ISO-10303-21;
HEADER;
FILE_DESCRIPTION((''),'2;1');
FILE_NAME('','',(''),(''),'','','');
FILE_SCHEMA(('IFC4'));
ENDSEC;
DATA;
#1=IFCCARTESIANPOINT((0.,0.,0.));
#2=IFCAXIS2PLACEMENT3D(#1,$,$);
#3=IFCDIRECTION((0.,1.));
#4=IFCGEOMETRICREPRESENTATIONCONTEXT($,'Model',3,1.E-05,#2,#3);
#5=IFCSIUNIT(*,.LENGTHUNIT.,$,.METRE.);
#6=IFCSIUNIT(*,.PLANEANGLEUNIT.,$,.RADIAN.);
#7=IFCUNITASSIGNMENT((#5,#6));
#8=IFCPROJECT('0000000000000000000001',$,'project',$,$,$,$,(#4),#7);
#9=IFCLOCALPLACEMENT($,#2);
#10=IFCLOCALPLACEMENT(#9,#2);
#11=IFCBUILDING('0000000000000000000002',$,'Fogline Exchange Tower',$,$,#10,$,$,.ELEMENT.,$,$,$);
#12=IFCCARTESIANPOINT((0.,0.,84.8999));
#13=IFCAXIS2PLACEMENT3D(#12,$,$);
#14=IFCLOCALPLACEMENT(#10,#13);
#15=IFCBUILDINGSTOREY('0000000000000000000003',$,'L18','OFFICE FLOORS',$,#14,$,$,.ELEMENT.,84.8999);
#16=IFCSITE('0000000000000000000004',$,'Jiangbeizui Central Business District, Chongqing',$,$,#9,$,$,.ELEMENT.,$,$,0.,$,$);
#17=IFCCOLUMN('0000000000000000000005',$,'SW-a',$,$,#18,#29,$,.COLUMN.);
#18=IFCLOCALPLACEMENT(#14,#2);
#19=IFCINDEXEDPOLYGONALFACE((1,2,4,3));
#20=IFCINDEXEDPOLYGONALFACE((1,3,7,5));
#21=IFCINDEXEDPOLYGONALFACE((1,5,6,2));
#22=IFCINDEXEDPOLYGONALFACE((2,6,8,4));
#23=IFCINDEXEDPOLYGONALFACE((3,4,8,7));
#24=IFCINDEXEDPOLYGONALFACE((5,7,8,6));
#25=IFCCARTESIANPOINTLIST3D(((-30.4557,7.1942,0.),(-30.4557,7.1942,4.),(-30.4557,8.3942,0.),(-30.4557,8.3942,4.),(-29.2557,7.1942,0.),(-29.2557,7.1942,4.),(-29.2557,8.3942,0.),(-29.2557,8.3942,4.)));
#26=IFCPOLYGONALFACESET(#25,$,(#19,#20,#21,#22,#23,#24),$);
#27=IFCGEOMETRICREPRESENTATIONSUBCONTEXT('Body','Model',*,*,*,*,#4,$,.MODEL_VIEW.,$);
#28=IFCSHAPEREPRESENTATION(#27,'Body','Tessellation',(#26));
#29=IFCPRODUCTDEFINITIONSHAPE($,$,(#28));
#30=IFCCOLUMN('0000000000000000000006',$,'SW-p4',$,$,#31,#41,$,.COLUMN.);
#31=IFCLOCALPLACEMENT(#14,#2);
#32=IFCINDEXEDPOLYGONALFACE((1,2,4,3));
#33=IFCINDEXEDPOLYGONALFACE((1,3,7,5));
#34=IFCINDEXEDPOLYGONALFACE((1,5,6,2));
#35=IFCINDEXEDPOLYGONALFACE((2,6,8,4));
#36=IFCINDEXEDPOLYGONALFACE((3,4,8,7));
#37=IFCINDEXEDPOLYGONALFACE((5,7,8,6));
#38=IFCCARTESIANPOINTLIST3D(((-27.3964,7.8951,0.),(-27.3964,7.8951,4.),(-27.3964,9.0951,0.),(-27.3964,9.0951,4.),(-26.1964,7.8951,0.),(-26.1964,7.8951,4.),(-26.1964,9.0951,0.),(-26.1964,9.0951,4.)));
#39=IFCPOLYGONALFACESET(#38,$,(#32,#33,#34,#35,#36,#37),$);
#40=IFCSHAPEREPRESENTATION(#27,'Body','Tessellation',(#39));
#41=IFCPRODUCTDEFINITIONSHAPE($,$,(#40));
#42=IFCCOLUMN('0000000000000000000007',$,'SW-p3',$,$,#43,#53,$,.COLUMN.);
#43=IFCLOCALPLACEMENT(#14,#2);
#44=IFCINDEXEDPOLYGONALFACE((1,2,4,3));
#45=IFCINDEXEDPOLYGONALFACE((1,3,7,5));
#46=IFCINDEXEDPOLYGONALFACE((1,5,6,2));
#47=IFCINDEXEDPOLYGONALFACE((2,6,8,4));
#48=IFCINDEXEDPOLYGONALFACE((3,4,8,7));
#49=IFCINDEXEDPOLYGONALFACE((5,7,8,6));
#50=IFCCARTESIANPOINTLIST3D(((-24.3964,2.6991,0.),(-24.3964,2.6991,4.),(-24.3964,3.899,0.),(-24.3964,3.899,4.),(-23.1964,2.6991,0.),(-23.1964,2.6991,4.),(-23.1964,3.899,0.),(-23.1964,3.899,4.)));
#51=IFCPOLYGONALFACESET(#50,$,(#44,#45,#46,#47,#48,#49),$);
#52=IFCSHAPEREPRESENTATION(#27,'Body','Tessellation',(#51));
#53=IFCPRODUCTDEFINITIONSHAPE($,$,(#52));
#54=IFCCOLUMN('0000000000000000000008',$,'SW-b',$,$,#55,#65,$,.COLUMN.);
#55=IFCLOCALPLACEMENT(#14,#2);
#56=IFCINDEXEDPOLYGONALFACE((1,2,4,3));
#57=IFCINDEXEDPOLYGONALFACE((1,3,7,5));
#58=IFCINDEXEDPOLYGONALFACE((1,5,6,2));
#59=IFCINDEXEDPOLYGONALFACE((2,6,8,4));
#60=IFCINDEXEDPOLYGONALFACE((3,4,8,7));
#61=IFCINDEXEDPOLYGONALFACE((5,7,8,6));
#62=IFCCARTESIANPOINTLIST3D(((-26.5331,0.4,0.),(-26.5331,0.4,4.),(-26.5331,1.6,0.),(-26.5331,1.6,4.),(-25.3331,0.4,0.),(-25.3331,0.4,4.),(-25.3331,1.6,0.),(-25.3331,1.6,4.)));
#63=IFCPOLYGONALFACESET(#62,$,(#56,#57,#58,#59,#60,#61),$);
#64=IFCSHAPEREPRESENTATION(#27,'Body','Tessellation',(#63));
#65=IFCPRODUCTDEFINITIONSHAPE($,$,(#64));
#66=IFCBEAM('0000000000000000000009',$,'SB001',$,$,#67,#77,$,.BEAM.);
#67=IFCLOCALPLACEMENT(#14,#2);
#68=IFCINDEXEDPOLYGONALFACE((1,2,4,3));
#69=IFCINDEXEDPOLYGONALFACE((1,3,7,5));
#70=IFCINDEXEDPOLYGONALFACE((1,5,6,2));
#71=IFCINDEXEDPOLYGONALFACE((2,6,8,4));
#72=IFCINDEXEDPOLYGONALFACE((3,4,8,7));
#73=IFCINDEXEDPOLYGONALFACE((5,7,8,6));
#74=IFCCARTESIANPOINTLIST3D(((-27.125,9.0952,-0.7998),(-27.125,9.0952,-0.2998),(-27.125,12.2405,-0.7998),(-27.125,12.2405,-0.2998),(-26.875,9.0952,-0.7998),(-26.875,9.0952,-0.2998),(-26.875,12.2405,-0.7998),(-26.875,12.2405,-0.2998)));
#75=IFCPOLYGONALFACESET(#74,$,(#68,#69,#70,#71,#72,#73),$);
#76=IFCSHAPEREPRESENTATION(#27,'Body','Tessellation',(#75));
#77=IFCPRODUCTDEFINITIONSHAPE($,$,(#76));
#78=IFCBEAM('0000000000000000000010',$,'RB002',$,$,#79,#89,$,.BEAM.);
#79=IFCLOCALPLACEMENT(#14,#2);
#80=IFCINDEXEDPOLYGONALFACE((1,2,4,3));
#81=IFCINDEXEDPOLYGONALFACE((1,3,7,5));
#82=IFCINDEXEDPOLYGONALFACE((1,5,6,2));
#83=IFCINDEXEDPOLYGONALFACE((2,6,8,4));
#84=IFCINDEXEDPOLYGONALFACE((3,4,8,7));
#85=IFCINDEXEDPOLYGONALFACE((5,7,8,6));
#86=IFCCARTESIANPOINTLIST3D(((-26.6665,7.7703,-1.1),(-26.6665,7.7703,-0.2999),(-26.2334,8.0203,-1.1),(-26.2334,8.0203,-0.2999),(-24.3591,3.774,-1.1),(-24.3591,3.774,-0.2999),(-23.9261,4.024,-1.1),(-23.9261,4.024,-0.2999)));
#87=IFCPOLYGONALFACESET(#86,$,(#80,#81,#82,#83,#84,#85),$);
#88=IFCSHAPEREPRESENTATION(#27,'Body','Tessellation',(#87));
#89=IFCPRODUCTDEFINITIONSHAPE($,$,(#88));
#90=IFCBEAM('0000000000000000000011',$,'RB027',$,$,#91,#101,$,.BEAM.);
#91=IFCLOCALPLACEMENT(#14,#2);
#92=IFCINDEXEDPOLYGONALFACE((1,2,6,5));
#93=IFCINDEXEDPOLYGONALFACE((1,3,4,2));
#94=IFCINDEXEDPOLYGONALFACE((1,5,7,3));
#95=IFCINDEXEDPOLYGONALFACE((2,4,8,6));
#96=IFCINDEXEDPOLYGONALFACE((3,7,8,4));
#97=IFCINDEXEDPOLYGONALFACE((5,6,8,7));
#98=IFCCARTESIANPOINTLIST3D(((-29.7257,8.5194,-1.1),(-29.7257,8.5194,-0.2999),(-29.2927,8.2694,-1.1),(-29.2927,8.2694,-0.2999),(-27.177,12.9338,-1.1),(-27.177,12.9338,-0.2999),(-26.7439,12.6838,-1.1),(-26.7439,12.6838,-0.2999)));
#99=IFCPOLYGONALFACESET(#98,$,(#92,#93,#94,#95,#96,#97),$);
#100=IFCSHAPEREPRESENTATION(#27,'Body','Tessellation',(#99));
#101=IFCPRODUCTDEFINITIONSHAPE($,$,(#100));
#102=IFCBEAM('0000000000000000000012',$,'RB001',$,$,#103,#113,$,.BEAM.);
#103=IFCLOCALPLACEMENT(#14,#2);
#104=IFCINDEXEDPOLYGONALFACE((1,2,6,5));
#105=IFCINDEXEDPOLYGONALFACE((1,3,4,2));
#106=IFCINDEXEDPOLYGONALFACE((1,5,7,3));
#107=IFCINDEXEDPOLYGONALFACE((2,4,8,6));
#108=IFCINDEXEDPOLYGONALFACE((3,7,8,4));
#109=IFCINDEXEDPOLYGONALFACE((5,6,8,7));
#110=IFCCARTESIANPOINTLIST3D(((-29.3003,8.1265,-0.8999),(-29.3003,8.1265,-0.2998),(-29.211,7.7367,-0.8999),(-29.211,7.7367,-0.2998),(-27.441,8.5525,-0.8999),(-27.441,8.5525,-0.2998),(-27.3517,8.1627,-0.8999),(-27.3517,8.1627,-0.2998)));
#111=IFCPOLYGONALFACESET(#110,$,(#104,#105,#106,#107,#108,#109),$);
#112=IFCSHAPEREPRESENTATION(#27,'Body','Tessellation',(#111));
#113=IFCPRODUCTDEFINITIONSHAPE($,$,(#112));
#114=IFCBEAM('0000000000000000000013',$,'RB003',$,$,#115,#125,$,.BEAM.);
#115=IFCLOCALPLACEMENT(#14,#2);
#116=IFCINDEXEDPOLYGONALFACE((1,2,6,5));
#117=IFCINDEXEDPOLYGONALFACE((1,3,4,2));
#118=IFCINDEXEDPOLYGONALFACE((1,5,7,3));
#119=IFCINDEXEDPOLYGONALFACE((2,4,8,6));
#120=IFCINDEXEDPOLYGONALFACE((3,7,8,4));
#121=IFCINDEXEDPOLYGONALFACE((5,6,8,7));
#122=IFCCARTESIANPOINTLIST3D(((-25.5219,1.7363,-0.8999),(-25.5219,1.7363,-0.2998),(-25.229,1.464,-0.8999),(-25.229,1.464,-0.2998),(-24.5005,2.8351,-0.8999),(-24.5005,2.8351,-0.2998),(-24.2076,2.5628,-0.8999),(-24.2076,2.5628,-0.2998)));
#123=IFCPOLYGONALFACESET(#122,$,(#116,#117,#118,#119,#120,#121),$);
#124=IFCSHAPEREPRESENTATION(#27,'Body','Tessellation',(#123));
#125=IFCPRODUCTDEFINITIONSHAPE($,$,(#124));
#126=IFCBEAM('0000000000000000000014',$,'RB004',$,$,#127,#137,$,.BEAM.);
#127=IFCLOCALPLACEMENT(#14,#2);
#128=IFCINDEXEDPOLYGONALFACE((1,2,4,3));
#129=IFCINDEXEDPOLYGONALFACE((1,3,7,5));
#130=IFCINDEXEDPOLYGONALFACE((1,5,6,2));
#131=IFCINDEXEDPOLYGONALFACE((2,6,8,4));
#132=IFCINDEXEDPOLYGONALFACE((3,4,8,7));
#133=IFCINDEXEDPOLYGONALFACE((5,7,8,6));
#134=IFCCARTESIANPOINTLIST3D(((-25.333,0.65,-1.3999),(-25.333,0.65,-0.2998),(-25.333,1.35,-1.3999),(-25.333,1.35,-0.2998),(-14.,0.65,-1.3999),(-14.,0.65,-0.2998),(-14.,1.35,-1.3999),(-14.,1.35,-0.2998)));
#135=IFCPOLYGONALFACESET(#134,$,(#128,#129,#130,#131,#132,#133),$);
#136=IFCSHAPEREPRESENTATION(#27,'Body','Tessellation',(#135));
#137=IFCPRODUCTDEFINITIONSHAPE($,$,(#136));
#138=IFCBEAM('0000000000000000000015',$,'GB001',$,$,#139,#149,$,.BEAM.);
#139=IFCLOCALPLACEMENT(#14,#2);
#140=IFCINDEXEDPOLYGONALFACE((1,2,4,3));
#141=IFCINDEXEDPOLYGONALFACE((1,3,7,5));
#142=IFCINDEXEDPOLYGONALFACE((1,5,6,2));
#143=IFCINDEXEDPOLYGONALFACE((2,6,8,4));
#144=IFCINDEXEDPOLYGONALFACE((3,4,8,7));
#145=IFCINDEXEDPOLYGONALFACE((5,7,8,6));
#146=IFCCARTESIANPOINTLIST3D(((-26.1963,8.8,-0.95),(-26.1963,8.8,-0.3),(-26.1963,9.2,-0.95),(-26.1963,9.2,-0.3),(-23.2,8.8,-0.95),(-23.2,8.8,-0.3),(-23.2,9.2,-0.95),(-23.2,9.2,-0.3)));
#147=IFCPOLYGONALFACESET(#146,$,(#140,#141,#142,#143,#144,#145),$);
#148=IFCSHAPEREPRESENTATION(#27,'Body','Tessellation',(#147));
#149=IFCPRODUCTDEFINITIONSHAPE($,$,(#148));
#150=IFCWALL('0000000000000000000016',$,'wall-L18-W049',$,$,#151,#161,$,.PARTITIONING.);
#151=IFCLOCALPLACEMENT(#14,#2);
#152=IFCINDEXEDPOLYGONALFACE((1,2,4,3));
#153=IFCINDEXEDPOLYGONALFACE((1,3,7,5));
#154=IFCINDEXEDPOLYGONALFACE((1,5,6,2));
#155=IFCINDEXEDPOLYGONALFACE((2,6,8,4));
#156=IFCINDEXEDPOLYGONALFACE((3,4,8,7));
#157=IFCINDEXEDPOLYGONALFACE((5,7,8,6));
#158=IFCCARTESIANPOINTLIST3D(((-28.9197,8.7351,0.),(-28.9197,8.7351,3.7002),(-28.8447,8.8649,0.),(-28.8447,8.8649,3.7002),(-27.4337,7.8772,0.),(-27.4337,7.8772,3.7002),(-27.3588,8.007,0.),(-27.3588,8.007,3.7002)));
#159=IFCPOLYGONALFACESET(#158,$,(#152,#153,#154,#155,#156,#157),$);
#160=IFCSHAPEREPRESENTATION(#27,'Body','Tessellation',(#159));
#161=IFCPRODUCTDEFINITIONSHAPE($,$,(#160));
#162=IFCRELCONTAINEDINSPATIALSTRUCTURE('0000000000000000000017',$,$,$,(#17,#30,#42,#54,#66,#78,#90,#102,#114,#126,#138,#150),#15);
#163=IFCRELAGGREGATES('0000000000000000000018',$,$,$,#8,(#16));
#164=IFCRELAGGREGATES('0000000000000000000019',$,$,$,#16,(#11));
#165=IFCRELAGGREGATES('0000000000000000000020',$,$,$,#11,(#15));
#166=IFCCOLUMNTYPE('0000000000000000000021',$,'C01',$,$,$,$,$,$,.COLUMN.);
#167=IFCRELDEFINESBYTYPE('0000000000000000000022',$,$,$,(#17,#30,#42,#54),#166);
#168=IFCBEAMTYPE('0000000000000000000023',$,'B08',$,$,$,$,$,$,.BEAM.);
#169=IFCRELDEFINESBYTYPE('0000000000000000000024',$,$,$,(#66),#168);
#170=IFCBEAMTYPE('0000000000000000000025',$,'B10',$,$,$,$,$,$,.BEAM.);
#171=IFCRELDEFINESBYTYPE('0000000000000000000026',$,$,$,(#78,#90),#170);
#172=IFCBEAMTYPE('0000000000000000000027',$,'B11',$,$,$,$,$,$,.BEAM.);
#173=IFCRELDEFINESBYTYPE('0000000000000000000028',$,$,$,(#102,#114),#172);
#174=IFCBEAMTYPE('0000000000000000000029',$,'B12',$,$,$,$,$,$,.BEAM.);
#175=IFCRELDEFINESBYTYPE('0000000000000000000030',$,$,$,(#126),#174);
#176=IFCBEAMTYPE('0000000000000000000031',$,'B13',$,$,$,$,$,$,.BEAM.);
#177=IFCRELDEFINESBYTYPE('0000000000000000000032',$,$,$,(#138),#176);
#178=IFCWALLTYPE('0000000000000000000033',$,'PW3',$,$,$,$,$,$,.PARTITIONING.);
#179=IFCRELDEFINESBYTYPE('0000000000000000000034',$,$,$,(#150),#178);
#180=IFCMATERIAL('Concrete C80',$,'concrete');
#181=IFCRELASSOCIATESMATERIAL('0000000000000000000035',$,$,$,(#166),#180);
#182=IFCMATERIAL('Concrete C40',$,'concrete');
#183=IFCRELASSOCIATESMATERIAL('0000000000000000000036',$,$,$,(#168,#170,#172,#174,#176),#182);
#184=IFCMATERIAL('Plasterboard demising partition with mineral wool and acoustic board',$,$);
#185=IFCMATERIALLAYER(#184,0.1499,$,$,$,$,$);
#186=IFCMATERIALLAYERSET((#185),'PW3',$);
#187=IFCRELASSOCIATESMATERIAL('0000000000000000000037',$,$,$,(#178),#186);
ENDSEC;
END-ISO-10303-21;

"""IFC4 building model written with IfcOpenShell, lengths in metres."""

from ifc_helpers import new_model, si_unit, direction, frame, frame_2d, origin, origin_2d, place, context, subcontext, project, spatial, rectangle, extrude, material, layer, layer_set, material_profile, profile_set, type_object, element, save


model = new_model("IFC4")

# Units and contexts
model_context = context("Model", 3, precision=1e-05, world=origin(), true_north=direction((0.0, 1.0)))
body_context = subcontext(model_context, "Body", "Model", "MODEL_VIEW")
ifc_project = project(units=[si_unit("LENGTHUNIT", "METRE"), si_unit("PLANEANGLEUNIT", "RADIAN")], contexts=[model_context])

# Site, building, storey
site_placement = place(None, origin())
site = spatial("IfcSite", under=ifc_project, at=site_placement, Name="Jiangbeizui Central Business District, Chongqing", CompositionType="ELEMENT", RefElevation=0.0)
building_placement = place(site_placement, origin())
building = spatial("IfcBuilding", under=site, at=building_placement, Name="Fogline Exchange Tower", CompositionType="ELEMENT")
storey_placement = place(building_placement, frame((0.0, 0.0, 84.8999)))
storey = spatial("IfcBuildingStorey", under=building, at=storey_placement, Name="L18", Description="OFFICE FLOORS", CompositionType="ELEMENT", Elevation=84.8999)

# Columns
ifc_material_1 = material(Name="Concrete C80", Category="concrete")
ifc_material_profile_1 = material_profile(ifc_material_1, rectangle(XDim=1.2, YDim=1.2, at=origin_2d()), Name="RC 1200x1200")
ifc_profile_set_1 = profile_set([ifc_material_profile_1], Name="Concrete C80")
column_type = type_object("IfcColumnType", Name="C01", PredefinedType="COLUMN", material=ifc_profile_set_1)
for number, where, z_axis, x_axis, name in (
    (1, (-29.8557, 7.7942, 0.0), (0.0, 0.0, 1.0), (1.0, 0.0, 0.0), "SW-a"),
    (2, (-26.7964, 8.4951, 0.0), (0.0, 0.0, 1.0), (1.0, 0.0, 0.0), "SW-p4"),
    (3, (-23.7964, 3.2991, 0.0), (0.0, 0.0, 1.0), (1.0, 0.0, 0.0), "SW-p3"),
    (4, (-25.9331, 1.0, 0.0), (0.0, 0.0, 1.0), (1.0, 0.0, 0.0), "SW-b"),
):
    element("IfcColumn", number, at=place(storey_placement, frame(where, z_axis=z_axis, x_axis=x_axis)), inside=storey, type_object=column_type, Name=name, PredefinedType="COLUMN", context=body_context, shape_type="SweptSolid", body=[
        extrude(rectangle(XDim=1.2, YDim=1.2, at=origin_2d()), origin(), (0.0, 0.0, 1.0), 4.0),
    ])

# Beams
ifc_material_2 = material(Name="Concrete C40", Category="concrete")
ifc_material_profile_2 = material_profile(ifc_material_2, rectangle(XDim=0.25, YDim=0.5, at=origin_2d()), Name="RC 250x500")
ifc_profile_set_2 = profile_set([ifc_material_profile_2], Name="Concrete C40")
beam_type_1 = type_object("IfcBeamType", Name="B08", PredefinedType="BEAM", material=ifc_profile_set_2)
beam_1_placement = place(storey_placement, frame((-27.0, 9.0952, -0.5498), z_axis=(0.0, 1.0, 0.0), x_axis=(-1.0, 0.0, 0.0)))
element("IfcBeam", 5, at=beam_1_placement, inside=storey, type_object=beam_type_1, Name="SB001", PredefinedType="BEAM", context=body_context, shape_type="SweptSolid", body=[
    extrude(rectangle(XDim=0.25, YDim=0.5, at=origin_2d()), origin(), (0.0, 0.0, 1.0), 3.1453),
])
ifc_material_profile_3 = material_profile(ifc_material_2, rectangle(XDim=0.5, YDim=0.8, at=origin_2d()), Name="RC 500x800")
ifc_profile_set_3 = profile_set([ifc_material_profile_3], Name="Concrete C40")
beam_type_2 = type_object("IfcBeamType", Name="B10", PredefinedType="BEAM", material=ifc_profile_set_3)
beam_2_placement = place(storey_placement, frame((-26.45, 7.8953, -0.7), z_axis=(0.500014, -0.866017, 0.0), x_axis=(0.866017, 0.500014, 0.0)))
element("IfcBeam", 6, at=beam_2_placement, inside=storey, type_object=beam_type_2, Name="RB002", PredefinedType="BEAM", context=body_context, shape_type="SweptSolid", body=[
    extrude(rectangle(XDim=0.5, YDim=0.8, at=origin_2d()), origin(), (0.0, 0.0, 1.0), 4.6145),
])
beam_3_placement = place(storey_placement, frame((-26.9604, 12.8088, -0.7), z_axis=(-0.500013, -0.866018, 0.0), x_axis=(0.866018, -0.500013, 0.0)))
element("IfcBeam", 7, at=beam_3_placement, inside=storey, type_object=beam_type_2, Name="RB027", PredefinedType="BEAM", context=body_context, shape_type="SweptSolid", body=[
    extrude(rectangle(XDim=0.5, YDim=0.8, at=origin_2d()), origin(), (0.0, 0.0, 1.0), 5.0974),
])
ifc_material_profile_4 = material_profile(ifc_material_2, rectangle(XDim=0.3999, YDim=0.6001, at=origin_2d()), Name="RC 400x600")
ifc_profile_set_4 = profile_set([ifc_material_profile_4], Name="Concrete C40")
beam_type_3 = type_object("IfcBeamType", Name="B11", PredefinedType="BEAM", material=ifc_profile_set_4)
beam_4_placement = place(storey_placement, frame((-29.2556, 7.9316, -0.5999), z_axis=(0.974742, 0.223336, 0.0), x_axis=(-0.223336, 0.974742, 0.0)))
element("IfcBeam", 8, at=beam_4_placement, inside=storey, type_object=beam_type_3, Name="RB001", PredefinedType="BEAM", context=body_context, shape_type="SweptSolid", body=[
    extrude(rectangle(XDim=0.3999, YDim=0.6001, at=origin_2d()), origin(), (0.0, 0.0, 1.0), 1.9075),
])
beam_5_placement = place(storey_placement, frame((-24.354, 2.699, -0.5999), z_axis=(-0.680844, -0.732428, 0.0), x_axis=(0.732428, -0.680844, 0.0)))
element("IfcBeam", 9, at=beam_5_placement, inside=storey, type_object=beam_type_3, Name="RB003", PredefinedType="BEAM", context=body_context, shape_type="SweptSolid", body=[
    extrude(rectangle(XDim=0.3999, YDim=0.6001, at=origin_2d()), origin(), (0.0, 0.0, 1.0), 1.5002),
])
ifc_material_profile_5 = material_profile(ifc_material_2, rectangle(XDim=0.7, YDim=1.1001, at=origin_2d()), Name="RC 700x1100")
ifc_profile_set_5 = profile_set([ifc_material_profile_5], Name="Concrete C40")
beam_type_4 = type_object("IfcBeamType", Name="B12", PredefinedType="BEAM", material=ifc_profile_set_5)
beam_6_placement = place(storey_placement, frame((-25.333, 1.0, -0.8499), z_axis=(1.0, 0.0, 0.0), x_axis=(0.0, 1.0, 0.0)))
element("IfcBeam", 10, at=beam_6_placement, inside=storey, type_object=beam_type_4, Name="RB004", PredefinedType="BEAM", context=body_context, shape_type="SweptSolid", body=[
    extrude(rectangle(XDim=0.7, YDim=1.1001, at=origin_2d()), origin(), (0.0, 0.0, 1.0), 11.333),
])
ifc_material_profile_6 = material_profile(ifc_material_2, rectangle(XDim=0.3999, YDim=0.6499, at=origin_2d()), Name="RC 400x650")
ifc_profile_set_6 = profile_set([ifc_material_profile_6], Name="Concrete C40")
beam_type_5 = type_object("IfcBeamType", Name="B13", PredefinedType="BEAM", material=ifc_profile_set_6)
beam_7_placement = place(storey_placement, frame((-26.1963, 9.0, -0.625), z_axis=(1.0, 0.0, 0.0), x_axis=(0.0, 1.0, 0.0)))
element("IfcBeam", 11, at=beam_7_placement, inside=storey, type_object=beam_type_5, Name="GB001", PredefinedType="BEAM", context=body_context, shape_type="SweptSolid", body=[
    extrude(rectangle(XDim=0.3999, YDim=0.6499, at=origin_2d()), origin(), (0.0, 0.0, 1.0), 2.9963),
])

# Wall
ifc_material_3 = material(Name="Plasterboard demising partition with mineral wool and acoustic board")
ifc_layer_1 = layer(ifc_material_3, 0.1499)
ifc_layer_set_1 = layer_set([ifc_layer_1], Name="PW3")
wall_type_1 = type_object("IfcWallType", Name="PW3", PredefinedType="PARTITIONING", material=ifc_layer_set_1)
wall_1_placement = place(storey_placement, frame((-27.3962, 7.9421, 0.0), z_axis=(0.0, 0.0, 1.0), x_axis=(-0.866046, 0.499965, 0.0)))
element("IfcWall", 12, at=wall_1_placement, inside=storey, type_object=wall_type_1, Name="wall-L18-W049", PredefinedType="PARTITIONING", context=body_context, shape_type="SweptSolid", body=[
    extrude(rectangle(XDim=1.7158, YDim=0.1499, at=frame_2d((0.8579, 0.0))), origin(), (0.0, 0.0, 1.0), 3.7002),
])

save(model, "model.ifc")
